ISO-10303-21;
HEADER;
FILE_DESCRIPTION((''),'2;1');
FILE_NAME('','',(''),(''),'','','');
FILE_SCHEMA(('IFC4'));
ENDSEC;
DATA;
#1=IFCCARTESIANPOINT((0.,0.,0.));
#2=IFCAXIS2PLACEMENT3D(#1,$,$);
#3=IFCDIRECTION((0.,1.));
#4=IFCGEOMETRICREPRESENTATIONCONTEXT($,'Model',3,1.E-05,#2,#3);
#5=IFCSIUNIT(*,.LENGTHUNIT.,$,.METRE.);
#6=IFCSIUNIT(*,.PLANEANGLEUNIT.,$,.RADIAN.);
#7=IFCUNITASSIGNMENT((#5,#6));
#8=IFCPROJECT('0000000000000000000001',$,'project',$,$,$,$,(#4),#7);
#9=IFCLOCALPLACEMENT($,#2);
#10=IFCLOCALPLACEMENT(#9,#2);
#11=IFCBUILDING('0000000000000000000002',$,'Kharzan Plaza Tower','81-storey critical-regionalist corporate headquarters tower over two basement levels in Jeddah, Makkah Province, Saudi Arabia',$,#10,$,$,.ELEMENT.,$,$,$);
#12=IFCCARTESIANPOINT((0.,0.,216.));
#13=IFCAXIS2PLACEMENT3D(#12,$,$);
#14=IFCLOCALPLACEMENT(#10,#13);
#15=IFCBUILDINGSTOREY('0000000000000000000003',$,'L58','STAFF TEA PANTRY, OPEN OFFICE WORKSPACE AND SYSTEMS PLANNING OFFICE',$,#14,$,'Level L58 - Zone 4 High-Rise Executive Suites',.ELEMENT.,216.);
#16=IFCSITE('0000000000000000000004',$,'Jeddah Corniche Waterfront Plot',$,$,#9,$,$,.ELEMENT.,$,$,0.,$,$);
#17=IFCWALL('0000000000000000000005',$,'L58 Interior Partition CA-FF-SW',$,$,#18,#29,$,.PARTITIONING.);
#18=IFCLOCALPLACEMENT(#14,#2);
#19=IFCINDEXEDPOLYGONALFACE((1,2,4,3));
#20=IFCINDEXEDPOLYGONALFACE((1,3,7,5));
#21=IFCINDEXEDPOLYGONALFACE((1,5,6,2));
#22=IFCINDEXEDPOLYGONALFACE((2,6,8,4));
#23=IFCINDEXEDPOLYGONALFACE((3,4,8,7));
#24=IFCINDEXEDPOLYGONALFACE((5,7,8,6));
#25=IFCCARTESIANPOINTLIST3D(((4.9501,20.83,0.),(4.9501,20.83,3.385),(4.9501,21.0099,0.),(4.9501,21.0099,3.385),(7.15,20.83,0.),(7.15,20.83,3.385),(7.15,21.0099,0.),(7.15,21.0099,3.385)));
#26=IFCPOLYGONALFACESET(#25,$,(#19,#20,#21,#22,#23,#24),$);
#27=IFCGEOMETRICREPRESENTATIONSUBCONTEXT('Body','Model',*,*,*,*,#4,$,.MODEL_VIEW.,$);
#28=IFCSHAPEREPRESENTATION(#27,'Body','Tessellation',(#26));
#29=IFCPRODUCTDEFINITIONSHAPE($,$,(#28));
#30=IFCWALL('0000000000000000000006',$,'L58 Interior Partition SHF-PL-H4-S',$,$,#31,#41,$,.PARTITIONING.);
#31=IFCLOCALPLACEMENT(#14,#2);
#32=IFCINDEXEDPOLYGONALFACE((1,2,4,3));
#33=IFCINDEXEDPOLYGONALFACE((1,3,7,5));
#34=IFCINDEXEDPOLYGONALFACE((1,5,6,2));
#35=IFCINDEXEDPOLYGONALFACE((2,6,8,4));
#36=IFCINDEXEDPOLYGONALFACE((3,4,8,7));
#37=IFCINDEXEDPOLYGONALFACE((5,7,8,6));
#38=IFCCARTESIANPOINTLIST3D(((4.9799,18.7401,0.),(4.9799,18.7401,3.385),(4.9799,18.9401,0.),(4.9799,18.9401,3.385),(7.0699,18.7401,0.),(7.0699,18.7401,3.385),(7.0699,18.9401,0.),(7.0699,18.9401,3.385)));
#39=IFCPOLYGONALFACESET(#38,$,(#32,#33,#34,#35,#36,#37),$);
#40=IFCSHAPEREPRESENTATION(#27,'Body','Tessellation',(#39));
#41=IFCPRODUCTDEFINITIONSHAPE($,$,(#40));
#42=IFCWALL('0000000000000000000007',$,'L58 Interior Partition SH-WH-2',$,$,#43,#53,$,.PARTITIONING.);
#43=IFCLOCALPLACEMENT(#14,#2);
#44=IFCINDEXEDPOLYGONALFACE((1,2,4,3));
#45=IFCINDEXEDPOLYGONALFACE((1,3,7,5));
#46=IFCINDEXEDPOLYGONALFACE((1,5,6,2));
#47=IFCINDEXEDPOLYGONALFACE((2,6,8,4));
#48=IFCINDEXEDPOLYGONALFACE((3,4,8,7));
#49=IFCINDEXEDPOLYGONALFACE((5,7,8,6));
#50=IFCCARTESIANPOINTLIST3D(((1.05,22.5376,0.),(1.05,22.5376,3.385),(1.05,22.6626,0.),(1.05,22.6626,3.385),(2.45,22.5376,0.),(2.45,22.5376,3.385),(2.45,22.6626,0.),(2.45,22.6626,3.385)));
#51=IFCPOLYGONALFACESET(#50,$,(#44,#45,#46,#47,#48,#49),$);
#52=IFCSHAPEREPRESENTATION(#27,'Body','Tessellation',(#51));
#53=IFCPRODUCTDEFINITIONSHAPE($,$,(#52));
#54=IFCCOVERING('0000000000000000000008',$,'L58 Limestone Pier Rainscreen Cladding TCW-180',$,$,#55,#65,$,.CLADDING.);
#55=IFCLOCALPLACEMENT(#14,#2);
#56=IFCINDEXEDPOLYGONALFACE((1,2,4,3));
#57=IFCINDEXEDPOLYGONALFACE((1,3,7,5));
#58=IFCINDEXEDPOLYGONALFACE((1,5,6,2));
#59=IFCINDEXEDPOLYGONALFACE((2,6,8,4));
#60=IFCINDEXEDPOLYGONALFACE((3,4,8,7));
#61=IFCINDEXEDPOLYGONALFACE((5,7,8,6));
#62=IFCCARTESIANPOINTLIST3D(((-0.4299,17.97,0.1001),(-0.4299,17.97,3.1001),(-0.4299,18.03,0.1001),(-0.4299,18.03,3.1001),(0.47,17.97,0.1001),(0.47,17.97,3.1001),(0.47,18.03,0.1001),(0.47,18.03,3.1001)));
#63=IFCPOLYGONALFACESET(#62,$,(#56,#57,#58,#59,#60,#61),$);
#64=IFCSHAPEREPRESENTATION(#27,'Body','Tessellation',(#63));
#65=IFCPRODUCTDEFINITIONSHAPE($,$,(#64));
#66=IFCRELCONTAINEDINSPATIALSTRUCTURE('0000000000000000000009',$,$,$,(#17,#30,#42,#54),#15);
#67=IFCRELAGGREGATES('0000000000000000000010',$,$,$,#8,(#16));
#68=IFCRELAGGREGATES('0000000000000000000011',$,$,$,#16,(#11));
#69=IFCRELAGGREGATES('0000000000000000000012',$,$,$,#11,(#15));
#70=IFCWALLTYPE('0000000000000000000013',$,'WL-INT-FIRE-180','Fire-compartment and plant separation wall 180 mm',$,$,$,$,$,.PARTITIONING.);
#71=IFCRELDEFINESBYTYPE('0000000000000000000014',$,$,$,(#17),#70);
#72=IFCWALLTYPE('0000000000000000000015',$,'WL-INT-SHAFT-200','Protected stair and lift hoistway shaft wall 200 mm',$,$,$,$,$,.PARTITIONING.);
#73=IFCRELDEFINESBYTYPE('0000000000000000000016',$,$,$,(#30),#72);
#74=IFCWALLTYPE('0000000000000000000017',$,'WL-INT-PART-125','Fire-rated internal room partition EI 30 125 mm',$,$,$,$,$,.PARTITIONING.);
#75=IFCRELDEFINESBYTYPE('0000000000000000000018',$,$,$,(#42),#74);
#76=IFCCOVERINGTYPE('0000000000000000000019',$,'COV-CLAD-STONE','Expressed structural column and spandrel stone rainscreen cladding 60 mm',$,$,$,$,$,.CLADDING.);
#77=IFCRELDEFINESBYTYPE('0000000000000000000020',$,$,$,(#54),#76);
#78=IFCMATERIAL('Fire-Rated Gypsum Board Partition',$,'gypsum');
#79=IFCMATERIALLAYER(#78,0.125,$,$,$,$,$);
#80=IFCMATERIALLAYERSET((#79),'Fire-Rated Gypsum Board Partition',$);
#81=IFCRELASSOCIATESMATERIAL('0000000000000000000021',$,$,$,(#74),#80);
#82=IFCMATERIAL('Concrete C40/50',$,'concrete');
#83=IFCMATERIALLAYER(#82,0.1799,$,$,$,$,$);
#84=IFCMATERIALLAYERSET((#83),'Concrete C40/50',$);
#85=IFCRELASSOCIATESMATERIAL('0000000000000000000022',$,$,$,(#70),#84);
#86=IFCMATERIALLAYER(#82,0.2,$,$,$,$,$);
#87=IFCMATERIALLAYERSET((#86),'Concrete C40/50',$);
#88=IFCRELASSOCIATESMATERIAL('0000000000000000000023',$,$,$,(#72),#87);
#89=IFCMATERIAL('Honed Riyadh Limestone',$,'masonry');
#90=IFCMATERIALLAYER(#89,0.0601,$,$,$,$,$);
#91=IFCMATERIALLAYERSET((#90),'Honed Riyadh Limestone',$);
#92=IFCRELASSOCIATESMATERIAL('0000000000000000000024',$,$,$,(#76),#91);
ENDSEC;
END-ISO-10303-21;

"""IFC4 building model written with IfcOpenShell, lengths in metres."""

from ifc_helpers import new_model, si_unit, direction, frame, frame_2d, origin, origin_2d, place, context, subcontext, project, spatial, rectangle, extrude, source, transform, mapped, material, layer, layer_set, type_object, element, save


model = new_model("IFC4")

# Units and contexts
model_context = context("Model", 3, precision=1e-05, world=origin(), true_north=direction((0.0, 1.0)))
body_context = subcontext(model_context, "Body", "Model", "MODEL_VIEW")
ifc_project = project(units=[si_unit("LENGTHUNIT", "METRE"), si_unit("PLANEANGLEUNIT", "RADIAN")], contexts=[model_context])

# Site, building, storey
site_placement = place(None, origin())
site = spatial("IfcSite", under=ifc_project, at=site_placement, Name="Jeddah Corniche Waterfront Plot", CompositionType="ELEMENT", RefElevation=0.0)
building_placement = place(site_placement, origin())
building = spatial("IfcBuilding", under=site, at=building_placement, Name="Kharzan Plaza Tower", Description="81-storey critical-regionalist corporate headquarters tower over two basement levels in Jeddah, Makkah Province, Saudi Arabia", CompositionType="ELEMENT")
storey_placement = place(building_placement, frame((0.0, 0.0, 216.0)))
storey = spatial("IfcBuildingStorey", under=building, at=storey_placement, Name="L58", Description="STAFF TEA PANTRY, OPEN OFFICE WORKSPACE AND SYSTEMS PLANNING OFFICE", LongName="Level L58 - Zone 4 High-Rise Executive Suites", CompositionType="ELEMENT", Elevation=216.0)

# Shared definitions
ifc_material_1 = material(Name="Concrete C40/50", Category="concrete")

# Shared definitions
ifc_material_2 = material(Name="Fire-Rated Gypsum Board Partition", Category="gypsum")
ifc_layer_1 = layer(ifc_material_2, 0.125)
ifc_layer_set_1 = layer_set([ifc_layer_1], Name="Fire-Rated Gypsum Board Partition")
wall_type_1 = type_object("IfcWallType", Name="WL-INT-PART-125", Description="Fire-rated internal room partition EI 30 125 mm", PredefinedType="PARTITIONING", material=ifc_layer_set_1)

# Walls
ifc_layer_2 = layer(ifc_material_1, 0.1799)
ifc_layer_set_2 = layer_set([ifc_layer_2], Name="Concrete C40/50")
wall_type_2 = type_object("IfcWallType", Name="WL-INT-FIRE-180", Description="Fire-compartment and plant separation wall 180 mm", PredefinedType="PARTITIONING", material=ifc_layer_set_2)
shared_shape_1 = source(origin(), body_context, "Body", "SweptSolid", [
    extrude(rectangle(XDim=2.2, YDim=0.1799, at=frame_2d((1.1001, 0.0))), origin(), (0.0, 0.0, 1.0), 3.385),
])
wall_1_placement = place(storey_placement, frame((4.95, 20.9199, 0.0), z_axis=(0.0, 0.0, 1.0), x_axis=(1.0, 0.0, 0.0)))
element("IfcWall", 1, at=wall_1_placement, inside=storey, type_object=wall_type_2, Name="L58 Interior Partition CA-FF-SW", PredefinedType="PARTITIONING", context=body_context, shape_type="MappedRepresentation", body=[
    mapped(shared_shape_1, transform((0.0, 0.0, 0.0), x_axis=(1.0, 0.0, 0.0), y_axis=(0.0, 1.0, 0.0), z_axis=(0.0, 0.0, 1.0))),
])
ifc_layer_3 = layer(ifc_material_1, 0.2)
ifc_layer_set_3 = layer_set([ifc_layer_3], Name="Concrete C40/50")
wall_type_3 = type_object("IfcWallType", Name="WL-INT-SHAFT-200", Description="Protected stair and lift hoistway shaft wall 200 mm", PredefinedType="PARTITIONING", material=ifc_layer_set_3)
shared_shape_2 = source(origin(), body_context, "Body", "SweptSolid", [
    extrude(rectangle(XDim=2.0901, YDim=0.2, at=frame_2d((1.0449, 0.0))), origin(), (0.0, 0.0, 1.0), 3.385),
])
wall_2_placement = place(storey_placement, frame((4.98, 18.8401, 0.0), z_axis=(0.0, 0.0, 1.0), x_axis=(1.0, 0.0, 0.0)))
element("IfcWall", 2, at=wall_2_placement, inside=storey, type_object=wall_type_3, Name="L58 Interior Partition SHF-PL-H4-S", PredefinedType="PARTITIONING", context=body_context, shape_type="MappedRepresentation", body=[
    mapped(shared_shape_2, transform((0.0, 0.0, 0.0), x_axis=(1.0, 0.0, 0.0), y_axis=(0.0, 1.0, 0.0), z_axis=(0.0, 0.0, 1.0))),
])
shared_shape_3 = source(origin(), body_context, "Body", "SweptSolid", [
    extrude(rectangle(XDim=1.3999, YDim=0.125, at=frame_2d((0.7, 0.0))), origin(), (0.0, 0.0, 1.0), 3.385),
])
wall_3_placement = place(storey_placement, frame((1.05, 22.6001, 0.0), z_axis=(0.0, 0.0, 1.0), x_axis=(1.0, 0.0, 0.0)))
element("IfcWall", 3, at=wall_3_placement, inside=storey, type_object=wall_type_1, Name="L58 Interior Partition SH-WH-2", PredefinedType="PARTITIONING", context=body_context, shape_type="MappedRepresentation", body=[
    mapped(shared_shape_3, transform((0.0, 0.0, 0.0), x_axis=(1.0, 0.0, 0.0), y_axis=(0.0, 1.0, 0.0), z_axis=(0.0, 0.0, 1.0))),
])

# Covering
ifc_material_3 = material(Name="Honed Riyadh Limestone", Category="masonry")
ifc_layer_4 = layer(ifc_material_3, 0.0601)
ifc_layer_set_4 = layer_set([ifc_layer_4], Name="Honed Riyadh Limestone")
covering_type = type_object("IfcCoveringType", Name="COV-CLAD-STONE", Description="Expressed structural column and spandrel stone rainscreen cladding 60 mm", PredefinedType="CLADDING", material=ifc_layer_set_4)
shared_shape_4 = source(origin(), body_context, "Body", "SweptSolid", [
    extrude(rectangle(XDim=0.0601, YDim=0.8999, at=origin_2d()), origin(), (0.0, 0.0, 1.0), 3.0),
])
covering_placement = place(storey_placement, frame((0.02, 18.0, 0.1001), z_axis=(0.0, 0.0, 1.0), x_axis=(0.0, 1.0, 0.0)))
element("IfcCovering", 4, at=covering_placement, inside=storey, type_object=covering_type, Name="L58 Limestone Pier Rainscreen Cladding TCW-180", PredefinedType="CLADDING", context=body_context, shape_type="MappedRepresentation", body=[
    mapped(shared_shape_4, transform((0.0, 0.0, 0.0), x_axis=(1.0, 0.0, 0.0), y_axis=(0.0, 1.0, 0.0), z_axis=(0.0, 0.0, 1.0))),
])

save(model, "model.ifc")
